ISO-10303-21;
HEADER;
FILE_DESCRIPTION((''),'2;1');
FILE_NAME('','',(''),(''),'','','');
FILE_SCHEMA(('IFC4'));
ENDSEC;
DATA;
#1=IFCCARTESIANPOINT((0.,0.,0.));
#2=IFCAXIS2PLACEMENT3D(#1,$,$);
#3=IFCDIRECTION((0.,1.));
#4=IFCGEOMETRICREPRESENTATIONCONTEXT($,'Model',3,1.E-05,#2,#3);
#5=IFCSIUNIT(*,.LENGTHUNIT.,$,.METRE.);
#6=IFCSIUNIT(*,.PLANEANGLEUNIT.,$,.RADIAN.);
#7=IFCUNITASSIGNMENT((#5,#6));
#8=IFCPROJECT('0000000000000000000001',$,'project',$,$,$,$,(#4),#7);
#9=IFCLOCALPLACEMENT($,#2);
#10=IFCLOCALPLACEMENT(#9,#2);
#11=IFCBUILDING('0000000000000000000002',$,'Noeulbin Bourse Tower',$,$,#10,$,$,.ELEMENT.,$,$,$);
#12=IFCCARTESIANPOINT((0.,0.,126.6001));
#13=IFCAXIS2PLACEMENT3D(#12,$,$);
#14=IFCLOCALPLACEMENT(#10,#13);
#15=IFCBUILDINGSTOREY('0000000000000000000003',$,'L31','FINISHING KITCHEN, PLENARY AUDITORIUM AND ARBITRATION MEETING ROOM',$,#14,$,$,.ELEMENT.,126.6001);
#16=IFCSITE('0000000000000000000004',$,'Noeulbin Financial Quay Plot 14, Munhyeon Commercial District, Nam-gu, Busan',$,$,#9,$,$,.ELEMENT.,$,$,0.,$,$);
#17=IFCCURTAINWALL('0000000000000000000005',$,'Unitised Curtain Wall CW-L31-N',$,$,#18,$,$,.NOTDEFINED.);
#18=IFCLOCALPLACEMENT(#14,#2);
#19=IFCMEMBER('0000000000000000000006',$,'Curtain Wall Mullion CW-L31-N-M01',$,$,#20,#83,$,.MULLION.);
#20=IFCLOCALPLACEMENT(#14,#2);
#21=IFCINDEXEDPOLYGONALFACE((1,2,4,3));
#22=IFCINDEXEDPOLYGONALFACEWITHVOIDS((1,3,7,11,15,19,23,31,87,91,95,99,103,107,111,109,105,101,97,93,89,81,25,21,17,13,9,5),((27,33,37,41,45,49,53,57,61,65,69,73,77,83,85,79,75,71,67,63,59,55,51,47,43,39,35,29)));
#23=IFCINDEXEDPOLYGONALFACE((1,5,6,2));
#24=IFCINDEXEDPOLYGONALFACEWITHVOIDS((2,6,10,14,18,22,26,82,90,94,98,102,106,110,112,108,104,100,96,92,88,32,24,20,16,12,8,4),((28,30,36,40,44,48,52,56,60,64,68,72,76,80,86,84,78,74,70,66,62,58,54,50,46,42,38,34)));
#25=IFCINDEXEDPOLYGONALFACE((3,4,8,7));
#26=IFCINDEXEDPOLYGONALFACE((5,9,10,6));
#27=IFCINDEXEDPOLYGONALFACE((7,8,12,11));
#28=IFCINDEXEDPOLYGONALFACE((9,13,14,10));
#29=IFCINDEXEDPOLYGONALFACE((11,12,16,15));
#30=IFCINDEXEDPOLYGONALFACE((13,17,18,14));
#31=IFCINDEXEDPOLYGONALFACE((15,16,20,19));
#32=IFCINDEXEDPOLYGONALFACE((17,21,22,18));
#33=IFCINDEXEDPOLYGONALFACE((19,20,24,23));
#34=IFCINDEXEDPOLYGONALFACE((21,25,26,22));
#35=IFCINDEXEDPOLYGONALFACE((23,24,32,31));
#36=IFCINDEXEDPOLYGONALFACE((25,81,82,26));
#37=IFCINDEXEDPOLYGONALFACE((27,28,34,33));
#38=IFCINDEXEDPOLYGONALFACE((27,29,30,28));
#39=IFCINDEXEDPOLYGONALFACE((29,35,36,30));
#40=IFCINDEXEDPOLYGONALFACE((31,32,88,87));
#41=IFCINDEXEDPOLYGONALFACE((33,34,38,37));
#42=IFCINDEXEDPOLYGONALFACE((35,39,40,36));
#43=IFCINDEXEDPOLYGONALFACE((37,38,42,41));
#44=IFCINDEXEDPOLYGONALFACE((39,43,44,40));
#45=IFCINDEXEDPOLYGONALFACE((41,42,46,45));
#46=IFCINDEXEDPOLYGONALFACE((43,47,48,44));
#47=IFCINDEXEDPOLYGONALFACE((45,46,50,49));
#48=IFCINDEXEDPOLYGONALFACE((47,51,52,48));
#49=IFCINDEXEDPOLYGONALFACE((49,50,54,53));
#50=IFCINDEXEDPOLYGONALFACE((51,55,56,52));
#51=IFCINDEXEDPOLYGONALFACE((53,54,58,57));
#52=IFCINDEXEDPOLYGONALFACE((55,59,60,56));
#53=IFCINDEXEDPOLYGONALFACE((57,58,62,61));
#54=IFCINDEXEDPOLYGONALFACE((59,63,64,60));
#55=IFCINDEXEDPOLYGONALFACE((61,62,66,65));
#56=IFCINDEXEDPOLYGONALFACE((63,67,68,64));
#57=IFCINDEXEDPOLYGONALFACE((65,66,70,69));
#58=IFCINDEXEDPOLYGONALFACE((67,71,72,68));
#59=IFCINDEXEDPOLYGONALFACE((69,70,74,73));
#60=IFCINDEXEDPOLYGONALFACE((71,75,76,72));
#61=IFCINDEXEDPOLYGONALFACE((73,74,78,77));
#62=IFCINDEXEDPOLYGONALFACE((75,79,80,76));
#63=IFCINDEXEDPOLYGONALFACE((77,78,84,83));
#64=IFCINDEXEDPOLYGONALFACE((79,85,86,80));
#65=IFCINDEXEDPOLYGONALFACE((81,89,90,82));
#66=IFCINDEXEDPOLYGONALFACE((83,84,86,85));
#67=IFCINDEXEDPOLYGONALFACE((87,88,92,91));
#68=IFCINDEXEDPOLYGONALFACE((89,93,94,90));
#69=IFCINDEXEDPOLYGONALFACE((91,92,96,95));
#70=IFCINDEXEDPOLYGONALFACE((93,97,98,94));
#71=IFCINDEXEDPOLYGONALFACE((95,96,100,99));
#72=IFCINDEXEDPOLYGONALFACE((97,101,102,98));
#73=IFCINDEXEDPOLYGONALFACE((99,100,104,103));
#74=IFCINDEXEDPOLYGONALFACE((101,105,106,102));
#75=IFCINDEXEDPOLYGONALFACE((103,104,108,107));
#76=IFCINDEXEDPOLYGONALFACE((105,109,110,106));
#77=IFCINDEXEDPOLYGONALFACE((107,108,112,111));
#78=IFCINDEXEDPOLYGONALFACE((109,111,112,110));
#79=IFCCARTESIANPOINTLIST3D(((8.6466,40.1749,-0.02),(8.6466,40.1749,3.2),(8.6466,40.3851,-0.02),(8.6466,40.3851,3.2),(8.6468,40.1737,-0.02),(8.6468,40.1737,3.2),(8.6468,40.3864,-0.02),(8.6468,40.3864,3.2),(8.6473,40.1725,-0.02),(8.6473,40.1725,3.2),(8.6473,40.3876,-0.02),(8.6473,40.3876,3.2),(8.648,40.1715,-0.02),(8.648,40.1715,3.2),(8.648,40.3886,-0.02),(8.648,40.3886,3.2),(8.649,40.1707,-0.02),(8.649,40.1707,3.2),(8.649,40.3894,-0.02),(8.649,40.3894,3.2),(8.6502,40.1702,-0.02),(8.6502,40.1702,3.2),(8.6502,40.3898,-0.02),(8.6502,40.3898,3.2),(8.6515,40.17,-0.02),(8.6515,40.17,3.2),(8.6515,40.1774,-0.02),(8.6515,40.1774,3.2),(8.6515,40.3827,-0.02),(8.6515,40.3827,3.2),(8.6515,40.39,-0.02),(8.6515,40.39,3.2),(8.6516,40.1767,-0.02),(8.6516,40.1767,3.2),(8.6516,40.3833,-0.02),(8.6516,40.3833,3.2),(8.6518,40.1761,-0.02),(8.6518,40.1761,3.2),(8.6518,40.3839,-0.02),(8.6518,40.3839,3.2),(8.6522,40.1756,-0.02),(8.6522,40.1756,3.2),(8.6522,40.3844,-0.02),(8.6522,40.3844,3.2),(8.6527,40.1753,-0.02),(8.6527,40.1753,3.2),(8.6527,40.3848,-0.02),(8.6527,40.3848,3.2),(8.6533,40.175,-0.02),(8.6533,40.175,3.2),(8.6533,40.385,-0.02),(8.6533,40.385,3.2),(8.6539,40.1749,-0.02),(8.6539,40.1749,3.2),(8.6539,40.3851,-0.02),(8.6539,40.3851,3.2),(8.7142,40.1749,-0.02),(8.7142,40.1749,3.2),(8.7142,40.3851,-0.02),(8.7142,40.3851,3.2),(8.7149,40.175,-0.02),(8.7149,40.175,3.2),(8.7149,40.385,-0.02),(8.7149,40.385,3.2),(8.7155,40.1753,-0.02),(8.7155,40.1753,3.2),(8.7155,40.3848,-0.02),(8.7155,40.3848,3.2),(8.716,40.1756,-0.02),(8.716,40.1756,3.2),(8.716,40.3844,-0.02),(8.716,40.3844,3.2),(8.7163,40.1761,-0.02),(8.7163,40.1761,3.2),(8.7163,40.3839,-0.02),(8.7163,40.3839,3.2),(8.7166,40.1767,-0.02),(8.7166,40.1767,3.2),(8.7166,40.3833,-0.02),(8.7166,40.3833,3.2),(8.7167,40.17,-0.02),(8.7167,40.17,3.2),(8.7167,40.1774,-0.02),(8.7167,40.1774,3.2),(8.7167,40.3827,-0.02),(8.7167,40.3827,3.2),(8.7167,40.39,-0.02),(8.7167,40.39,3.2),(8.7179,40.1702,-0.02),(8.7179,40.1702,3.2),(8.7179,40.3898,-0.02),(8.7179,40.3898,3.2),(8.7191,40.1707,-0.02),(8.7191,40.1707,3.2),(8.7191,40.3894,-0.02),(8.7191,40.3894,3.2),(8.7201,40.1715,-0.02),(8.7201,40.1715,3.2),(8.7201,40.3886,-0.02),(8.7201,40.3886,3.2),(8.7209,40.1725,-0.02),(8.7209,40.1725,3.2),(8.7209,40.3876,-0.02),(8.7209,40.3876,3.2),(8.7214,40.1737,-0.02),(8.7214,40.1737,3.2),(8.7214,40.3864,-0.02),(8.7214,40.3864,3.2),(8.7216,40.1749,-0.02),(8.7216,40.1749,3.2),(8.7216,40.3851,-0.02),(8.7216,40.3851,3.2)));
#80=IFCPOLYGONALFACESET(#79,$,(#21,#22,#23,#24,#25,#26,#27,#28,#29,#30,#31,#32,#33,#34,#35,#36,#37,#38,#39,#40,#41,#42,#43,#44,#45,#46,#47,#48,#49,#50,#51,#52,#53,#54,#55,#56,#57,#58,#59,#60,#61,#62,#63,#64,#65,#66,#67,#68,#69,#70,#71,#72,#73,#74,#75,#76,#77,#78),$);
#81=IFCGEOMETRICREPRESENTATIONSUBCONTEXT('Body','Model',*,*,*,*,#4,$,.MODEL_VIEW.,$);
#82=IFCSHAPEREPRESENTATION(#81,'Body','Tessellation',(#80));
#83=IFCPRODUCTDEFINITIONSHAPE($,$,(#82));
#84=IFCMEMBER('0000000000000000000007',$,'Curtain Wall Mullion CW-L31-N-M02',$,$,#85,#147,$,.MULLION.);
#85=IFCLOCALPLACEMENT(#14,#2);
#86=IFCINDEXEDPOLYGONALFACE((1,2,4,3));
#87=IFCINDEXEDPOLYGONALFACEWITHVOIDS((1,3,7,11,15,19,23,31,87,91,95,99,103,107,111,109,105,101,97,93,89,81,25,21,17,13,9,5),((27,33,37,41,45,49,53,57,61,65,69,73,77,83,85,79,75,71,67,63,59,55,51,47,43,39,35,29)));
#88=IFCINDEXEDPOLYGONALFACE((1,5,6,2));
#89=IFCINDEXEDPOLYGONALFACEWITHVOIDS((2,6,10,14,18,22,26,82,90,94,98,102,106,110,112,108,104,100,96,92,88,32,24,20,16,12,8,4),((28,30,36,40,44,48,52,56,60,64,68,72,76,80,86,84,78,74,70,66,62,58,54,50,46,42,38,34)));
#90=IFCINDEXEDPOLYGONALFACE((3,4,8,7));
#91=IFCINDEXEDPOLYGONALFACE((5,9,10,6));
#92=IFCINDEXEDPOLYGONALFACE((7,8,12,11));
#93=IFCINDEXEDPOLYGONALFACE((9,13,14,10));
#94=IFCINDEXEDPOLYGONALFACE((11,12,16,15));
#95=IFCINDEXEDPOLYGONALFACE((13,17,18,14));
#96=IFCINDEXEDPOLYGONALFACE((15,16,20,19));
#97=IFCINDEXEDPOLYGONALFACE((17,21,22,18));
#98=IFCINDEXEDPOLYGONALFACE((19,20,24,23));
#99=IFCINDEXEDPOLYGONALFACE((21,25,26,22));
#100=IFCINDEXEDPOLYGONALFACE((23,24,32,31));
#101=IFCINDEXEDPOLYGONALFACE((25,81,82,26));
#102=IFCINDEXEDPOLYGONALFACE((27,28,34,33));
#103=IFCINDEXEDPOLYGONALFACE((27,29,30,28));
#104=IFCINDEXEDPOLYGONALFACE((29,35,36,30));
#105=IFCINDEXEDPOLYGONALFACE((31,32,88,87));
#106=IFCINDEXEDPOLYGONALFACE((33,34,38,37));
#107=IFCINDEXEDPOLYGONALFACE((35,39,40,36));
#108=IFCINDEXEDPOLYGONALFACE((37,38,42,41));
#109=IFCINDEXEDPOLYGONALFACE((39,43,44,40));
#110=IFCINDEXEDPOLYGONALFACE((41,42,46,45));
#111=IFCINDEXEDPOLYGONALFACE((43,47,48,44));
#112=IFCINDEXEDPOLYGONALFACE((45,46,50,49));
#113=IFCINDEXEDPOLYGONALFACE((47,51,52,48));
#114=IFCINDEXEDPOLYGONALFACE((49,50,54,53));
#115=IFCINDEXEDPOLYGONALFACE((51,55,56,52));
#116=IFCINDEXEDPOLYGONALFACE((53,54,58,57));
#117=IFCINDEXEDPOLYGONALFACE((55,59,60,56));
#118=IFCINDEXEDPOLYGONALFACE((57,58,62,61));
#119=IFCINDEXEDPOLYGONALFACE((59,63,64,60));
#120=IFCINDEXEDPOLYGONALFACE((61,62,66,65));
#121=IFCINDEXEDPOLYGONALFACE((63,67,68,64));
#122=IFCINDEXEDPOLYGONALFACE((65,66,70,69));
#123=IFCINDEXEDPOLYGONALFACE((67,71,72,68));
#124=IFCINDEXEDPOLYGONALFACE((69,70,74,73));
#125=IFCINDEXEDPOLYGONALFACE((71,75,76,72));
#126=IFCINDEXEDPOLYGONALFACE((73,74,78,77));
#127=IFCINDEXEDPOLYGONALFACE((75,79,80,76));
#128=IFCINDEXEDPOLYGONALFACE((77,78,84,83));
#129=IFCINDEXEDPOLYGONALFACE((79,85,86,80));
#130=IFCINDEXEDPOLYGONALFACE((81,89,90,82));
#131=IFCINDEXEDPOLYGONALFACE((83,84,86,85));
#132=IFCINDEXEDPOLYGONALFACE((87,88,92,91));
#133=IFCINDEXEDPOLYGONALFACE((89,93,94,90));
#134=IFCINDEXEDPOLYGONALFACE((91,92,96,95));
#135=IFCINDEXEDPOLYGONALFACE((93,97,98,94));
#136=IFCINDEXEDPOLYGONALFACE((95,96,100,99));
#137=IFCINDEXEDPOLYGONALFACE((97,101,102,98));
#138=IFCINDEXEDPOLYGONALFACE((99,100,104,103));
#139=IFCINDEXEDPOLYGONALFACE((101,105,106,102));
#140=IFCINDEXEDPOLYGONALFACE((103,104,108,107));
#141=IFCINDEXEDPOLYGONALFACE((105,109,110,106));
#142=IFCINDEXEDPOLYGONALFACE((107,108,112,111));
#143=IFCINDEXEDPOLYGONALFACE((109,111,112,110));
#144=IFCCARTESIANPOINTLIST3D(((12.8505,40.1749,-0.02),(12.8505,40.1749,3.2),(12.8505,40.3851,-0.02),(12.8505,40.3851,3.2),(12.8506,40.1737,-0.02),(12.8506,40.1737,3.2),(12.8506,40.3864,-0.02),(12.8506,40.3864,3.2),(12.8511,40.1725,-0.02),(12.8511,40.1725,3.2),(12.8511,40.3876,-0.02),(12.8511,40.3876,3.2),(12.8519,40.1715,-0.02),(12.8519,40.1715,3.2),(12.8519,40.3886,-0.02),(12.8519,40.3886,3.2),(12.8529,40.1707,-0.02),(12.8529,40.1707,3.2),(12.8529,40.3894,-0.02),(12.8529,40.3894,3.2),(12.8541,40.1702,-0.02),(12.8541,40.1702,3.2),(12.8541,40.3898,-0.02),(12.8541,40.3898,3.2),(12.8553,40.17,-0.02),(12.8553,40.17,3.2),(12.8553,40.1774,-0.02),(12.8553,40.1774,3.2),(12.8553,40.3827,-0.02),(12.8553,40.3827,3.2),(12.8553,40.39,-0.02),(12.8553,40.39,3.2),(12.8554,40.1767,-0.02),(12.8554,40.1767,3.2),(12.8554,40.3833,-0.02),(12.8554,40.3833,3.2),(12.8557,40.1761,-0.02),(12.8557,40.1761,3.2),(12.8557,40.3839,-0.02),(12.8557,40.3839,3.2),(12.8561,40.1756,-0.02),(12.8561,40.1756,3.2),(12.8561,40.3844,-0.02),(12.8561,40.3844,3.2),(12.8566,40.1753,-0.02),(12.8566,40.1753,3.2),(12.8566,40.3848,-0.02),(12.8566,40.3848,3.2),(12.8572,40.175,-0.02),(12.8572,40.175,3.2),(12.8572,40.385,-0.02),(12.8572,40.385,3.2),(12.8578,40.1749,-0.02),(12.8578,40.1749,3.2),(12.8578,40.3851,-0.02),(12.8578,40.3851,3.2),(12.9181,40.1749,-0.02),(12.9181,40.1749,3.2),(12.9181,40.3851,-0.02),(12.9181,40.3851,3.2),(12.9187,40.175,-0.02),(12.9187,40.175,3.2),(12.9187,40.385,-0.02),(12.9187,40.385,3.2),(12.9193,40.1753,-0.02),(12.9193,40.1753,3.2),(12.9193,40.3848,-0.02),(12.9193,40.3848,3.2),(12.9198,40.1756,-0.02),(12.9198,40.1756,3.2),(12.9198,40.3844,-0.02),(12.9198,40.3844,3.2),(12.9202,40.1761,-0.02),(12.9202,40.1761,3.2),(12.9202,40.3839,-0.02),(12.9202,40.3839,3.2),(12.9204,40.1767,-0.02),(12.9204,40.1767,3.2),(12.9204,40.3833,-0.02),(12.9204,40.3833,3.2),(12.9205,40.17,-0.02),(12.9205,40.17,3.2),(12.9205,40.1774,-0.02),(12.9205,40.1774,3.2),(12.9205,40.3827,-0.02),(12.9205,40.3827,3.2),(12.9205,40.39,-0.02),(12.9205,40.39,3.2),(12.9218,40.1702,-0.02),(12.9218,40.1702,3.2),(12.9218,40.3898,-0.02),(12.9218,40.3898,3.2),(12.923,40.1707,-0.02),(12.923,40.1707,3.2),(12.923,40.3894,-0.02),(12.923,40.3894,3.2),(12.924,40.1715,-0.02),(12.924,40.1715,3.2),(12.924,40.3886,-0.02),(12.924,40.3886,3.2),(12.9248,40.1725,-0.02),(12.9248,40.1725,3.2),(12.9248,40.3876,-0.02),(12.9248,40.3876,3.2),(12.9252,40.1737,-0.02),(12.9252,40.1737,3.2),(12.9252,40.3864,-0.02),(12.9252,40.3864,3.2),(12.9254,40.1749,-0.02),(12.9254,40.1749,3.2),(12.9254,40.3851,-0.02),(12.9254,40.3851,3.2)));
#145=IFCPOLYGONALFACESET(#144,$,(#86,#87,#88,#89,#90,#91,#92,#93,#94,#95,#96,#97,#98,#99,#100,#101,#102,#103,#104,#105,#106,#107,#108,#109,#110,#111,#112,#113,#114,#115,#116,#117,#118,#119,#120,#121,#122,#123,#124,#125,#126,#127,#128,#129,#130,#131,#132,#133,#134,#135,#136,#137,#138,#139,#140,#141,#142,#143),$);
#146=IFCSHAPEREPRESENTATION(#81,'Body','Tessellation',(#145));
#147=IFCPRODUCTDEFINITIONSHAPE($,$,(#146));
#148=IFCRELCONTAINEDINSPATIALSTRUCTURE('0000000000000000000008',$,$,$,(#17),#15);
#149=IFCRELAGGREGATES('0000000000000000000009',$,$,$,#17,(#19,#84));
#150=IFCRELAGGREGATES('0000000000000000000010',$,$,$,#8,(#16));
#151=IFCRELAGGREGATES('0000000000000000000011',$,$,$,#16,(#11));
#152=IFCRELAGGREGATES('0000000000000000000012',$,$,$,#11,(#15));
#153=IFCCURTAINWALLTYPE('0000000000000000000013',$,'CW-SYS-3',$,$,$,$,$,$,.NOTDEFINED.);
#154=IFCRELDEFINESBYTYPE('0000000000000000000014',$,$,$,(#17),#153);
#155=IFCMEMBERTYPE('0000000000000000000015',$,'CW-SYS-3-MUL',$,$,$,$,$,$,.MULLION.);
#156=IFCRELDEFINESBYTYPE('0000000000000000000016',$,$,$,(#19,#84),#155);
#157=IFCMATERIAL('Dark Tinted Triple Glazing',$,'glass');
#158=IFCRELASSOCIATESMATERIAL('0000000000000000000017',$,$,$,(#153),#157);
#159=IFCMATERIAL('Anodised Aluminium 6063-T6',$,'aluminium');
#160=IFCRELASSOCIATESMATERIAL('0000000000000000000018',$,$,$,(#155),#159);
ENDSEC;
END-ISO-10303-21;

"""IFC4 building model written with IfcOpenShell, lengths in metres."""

from ifc_helpers import new_model, si_unit, direction, frame, origin, origin_2d, place, context, subcontext, project, spatial, hollow_rectangle, extrude, material, material_profile, profile_set, type_object, element, aggregate, save


model = new_model("IFC4")

# Units and contexts
model_context = context("Model", 3, precision=1e-05, world=origin(), true_north=direction((0.0, 1.0)))
body_context = subcontext(model_context, "Body", "Model", "MODEL_VIEW")
ifc_project = project(units=[si_unit("LENGTHUNIT", "METRE"), si_unit("PLANEANGLEUNIT", "RADIAN")], contexts=[model_context])

# Site, building, storey
site_placement = place(None, origin())
site = spatial("IfcSite", under=ifc_project, at=site_placement, Name="Noeulbin Financial Quay Plot 14, Munhyeon Commercial District, Nam-gu, Busan", CompositionType="ELEMENT", RefElevation=0.0)
building_placement = place(site_placement, origin())
building = spatial("IfcBuilding", under=site, at=building_placement, Name="Noeulbin Bourse Tower", CompositionType="ELEMENT")
storey_placement = place(building_placement, frame((0.0, 0.0, 126.6001)))
storey = spatial("IfcBuildingStorey", under=building, at=storey_placement, Name="L31", Description="FINISHING KITCHEN, PLENARY AUDITORIUM AND ARBITRATION MEETING ROOM", CompositionType="ELEMENT", Elevation=126.6001)

# Curtain wall, members
ifc_material_1 = material(Name="Dark Tinted Triple Glazing", Category="glass")
curtain_wall_type = type_object("IfcCurtainWallType", Name="CW-SYS-3", PredefinedType="NOTDEFINED", material=ifc_material_1)
curtain_wall_1_placement = place(storey_placement, origin())
curtain_wall_1 = element("IfcCurtainWall", 1, at=curtain_wall_1_placement, inside=storey, type_object=curtain_wall_type, Name="Unitised Curtain Wall CW-L31-N", PredefinedType="NOTDEFINED")
ifc_material_2 = material(Name="Anodised Aluminium 6063-T6", Category="aluminium")
ifc_material_profile_1 = material_profile(ifc_material_2, hollow_rectangle(XDim=0.075, YDim=0.22, WallThickness=0.0049, InnerFilletRadius=0.0024, OuterFilletRadius=0.0049, at=origin_2d()), Name="ALU-MULL-75x220x5", Category="LoadBearing")
ifc_profile_set_1 = profile_set([ifc_material_profile_1], Name="Anodised Aluminium 6063-T6")
member_type_1 = type_object("IfcMemberType", Name="CW-SYS-3-MUL", PredefinedType="MULLION", material=ifc_profile_set_1)
member_1_placement = place(storey_placement, frame((8.6841, 40.28, -0.02), z_axis=(0.0, 0.0, 1.0), x_axis=(1.0, 0.0, 0.0)))
member_1 = element("IfcMember", 2, at=member_1_placement, type_object=member_type_1, Name="Curtain Wall Mullion CW-L31-N-M01", PredefinedType="MULLION", context=body_context, shape_type="SweptSolid", body=[
    extrude(hollow_rectangle(XDim=0.075, YDim=0.22, WallThickness=0.0049, InnerFilletRadius=0.0024, OuterFilletRadius=0.0049, at=origin_2d()), origin(), (0.0, 0.0, 1.0), 3.22),
])
member_2_placement = place(storey_placement, frame((12.8879, 40.28, -0.02), z_axis=(0.0, 0.0, 1.0), x_axis=(1.0, 0.0, 0.0)))
member_2 = element("IfcMember", 3, at=member_2_placement, type_object=member_type_1, Name="Curtain Wall Mullion CW-L31-N-M02", PredefinedType="MULLION", context=body_context, shape_type="SweptSolid", body=[
    extrude(hollow_rectangle(XDim=0.075, YDim=0.22, WallThickness=0.0049, InnerFilletRadius=0.0024, OuterFilletRadius=0.0049, at=origin_2d()), origin(), (0.0, 0.0, 1.0), 3.22),
])

aggregate(curtain_wall_1, [member_1, member_2])

save(model, "model.ifc")
